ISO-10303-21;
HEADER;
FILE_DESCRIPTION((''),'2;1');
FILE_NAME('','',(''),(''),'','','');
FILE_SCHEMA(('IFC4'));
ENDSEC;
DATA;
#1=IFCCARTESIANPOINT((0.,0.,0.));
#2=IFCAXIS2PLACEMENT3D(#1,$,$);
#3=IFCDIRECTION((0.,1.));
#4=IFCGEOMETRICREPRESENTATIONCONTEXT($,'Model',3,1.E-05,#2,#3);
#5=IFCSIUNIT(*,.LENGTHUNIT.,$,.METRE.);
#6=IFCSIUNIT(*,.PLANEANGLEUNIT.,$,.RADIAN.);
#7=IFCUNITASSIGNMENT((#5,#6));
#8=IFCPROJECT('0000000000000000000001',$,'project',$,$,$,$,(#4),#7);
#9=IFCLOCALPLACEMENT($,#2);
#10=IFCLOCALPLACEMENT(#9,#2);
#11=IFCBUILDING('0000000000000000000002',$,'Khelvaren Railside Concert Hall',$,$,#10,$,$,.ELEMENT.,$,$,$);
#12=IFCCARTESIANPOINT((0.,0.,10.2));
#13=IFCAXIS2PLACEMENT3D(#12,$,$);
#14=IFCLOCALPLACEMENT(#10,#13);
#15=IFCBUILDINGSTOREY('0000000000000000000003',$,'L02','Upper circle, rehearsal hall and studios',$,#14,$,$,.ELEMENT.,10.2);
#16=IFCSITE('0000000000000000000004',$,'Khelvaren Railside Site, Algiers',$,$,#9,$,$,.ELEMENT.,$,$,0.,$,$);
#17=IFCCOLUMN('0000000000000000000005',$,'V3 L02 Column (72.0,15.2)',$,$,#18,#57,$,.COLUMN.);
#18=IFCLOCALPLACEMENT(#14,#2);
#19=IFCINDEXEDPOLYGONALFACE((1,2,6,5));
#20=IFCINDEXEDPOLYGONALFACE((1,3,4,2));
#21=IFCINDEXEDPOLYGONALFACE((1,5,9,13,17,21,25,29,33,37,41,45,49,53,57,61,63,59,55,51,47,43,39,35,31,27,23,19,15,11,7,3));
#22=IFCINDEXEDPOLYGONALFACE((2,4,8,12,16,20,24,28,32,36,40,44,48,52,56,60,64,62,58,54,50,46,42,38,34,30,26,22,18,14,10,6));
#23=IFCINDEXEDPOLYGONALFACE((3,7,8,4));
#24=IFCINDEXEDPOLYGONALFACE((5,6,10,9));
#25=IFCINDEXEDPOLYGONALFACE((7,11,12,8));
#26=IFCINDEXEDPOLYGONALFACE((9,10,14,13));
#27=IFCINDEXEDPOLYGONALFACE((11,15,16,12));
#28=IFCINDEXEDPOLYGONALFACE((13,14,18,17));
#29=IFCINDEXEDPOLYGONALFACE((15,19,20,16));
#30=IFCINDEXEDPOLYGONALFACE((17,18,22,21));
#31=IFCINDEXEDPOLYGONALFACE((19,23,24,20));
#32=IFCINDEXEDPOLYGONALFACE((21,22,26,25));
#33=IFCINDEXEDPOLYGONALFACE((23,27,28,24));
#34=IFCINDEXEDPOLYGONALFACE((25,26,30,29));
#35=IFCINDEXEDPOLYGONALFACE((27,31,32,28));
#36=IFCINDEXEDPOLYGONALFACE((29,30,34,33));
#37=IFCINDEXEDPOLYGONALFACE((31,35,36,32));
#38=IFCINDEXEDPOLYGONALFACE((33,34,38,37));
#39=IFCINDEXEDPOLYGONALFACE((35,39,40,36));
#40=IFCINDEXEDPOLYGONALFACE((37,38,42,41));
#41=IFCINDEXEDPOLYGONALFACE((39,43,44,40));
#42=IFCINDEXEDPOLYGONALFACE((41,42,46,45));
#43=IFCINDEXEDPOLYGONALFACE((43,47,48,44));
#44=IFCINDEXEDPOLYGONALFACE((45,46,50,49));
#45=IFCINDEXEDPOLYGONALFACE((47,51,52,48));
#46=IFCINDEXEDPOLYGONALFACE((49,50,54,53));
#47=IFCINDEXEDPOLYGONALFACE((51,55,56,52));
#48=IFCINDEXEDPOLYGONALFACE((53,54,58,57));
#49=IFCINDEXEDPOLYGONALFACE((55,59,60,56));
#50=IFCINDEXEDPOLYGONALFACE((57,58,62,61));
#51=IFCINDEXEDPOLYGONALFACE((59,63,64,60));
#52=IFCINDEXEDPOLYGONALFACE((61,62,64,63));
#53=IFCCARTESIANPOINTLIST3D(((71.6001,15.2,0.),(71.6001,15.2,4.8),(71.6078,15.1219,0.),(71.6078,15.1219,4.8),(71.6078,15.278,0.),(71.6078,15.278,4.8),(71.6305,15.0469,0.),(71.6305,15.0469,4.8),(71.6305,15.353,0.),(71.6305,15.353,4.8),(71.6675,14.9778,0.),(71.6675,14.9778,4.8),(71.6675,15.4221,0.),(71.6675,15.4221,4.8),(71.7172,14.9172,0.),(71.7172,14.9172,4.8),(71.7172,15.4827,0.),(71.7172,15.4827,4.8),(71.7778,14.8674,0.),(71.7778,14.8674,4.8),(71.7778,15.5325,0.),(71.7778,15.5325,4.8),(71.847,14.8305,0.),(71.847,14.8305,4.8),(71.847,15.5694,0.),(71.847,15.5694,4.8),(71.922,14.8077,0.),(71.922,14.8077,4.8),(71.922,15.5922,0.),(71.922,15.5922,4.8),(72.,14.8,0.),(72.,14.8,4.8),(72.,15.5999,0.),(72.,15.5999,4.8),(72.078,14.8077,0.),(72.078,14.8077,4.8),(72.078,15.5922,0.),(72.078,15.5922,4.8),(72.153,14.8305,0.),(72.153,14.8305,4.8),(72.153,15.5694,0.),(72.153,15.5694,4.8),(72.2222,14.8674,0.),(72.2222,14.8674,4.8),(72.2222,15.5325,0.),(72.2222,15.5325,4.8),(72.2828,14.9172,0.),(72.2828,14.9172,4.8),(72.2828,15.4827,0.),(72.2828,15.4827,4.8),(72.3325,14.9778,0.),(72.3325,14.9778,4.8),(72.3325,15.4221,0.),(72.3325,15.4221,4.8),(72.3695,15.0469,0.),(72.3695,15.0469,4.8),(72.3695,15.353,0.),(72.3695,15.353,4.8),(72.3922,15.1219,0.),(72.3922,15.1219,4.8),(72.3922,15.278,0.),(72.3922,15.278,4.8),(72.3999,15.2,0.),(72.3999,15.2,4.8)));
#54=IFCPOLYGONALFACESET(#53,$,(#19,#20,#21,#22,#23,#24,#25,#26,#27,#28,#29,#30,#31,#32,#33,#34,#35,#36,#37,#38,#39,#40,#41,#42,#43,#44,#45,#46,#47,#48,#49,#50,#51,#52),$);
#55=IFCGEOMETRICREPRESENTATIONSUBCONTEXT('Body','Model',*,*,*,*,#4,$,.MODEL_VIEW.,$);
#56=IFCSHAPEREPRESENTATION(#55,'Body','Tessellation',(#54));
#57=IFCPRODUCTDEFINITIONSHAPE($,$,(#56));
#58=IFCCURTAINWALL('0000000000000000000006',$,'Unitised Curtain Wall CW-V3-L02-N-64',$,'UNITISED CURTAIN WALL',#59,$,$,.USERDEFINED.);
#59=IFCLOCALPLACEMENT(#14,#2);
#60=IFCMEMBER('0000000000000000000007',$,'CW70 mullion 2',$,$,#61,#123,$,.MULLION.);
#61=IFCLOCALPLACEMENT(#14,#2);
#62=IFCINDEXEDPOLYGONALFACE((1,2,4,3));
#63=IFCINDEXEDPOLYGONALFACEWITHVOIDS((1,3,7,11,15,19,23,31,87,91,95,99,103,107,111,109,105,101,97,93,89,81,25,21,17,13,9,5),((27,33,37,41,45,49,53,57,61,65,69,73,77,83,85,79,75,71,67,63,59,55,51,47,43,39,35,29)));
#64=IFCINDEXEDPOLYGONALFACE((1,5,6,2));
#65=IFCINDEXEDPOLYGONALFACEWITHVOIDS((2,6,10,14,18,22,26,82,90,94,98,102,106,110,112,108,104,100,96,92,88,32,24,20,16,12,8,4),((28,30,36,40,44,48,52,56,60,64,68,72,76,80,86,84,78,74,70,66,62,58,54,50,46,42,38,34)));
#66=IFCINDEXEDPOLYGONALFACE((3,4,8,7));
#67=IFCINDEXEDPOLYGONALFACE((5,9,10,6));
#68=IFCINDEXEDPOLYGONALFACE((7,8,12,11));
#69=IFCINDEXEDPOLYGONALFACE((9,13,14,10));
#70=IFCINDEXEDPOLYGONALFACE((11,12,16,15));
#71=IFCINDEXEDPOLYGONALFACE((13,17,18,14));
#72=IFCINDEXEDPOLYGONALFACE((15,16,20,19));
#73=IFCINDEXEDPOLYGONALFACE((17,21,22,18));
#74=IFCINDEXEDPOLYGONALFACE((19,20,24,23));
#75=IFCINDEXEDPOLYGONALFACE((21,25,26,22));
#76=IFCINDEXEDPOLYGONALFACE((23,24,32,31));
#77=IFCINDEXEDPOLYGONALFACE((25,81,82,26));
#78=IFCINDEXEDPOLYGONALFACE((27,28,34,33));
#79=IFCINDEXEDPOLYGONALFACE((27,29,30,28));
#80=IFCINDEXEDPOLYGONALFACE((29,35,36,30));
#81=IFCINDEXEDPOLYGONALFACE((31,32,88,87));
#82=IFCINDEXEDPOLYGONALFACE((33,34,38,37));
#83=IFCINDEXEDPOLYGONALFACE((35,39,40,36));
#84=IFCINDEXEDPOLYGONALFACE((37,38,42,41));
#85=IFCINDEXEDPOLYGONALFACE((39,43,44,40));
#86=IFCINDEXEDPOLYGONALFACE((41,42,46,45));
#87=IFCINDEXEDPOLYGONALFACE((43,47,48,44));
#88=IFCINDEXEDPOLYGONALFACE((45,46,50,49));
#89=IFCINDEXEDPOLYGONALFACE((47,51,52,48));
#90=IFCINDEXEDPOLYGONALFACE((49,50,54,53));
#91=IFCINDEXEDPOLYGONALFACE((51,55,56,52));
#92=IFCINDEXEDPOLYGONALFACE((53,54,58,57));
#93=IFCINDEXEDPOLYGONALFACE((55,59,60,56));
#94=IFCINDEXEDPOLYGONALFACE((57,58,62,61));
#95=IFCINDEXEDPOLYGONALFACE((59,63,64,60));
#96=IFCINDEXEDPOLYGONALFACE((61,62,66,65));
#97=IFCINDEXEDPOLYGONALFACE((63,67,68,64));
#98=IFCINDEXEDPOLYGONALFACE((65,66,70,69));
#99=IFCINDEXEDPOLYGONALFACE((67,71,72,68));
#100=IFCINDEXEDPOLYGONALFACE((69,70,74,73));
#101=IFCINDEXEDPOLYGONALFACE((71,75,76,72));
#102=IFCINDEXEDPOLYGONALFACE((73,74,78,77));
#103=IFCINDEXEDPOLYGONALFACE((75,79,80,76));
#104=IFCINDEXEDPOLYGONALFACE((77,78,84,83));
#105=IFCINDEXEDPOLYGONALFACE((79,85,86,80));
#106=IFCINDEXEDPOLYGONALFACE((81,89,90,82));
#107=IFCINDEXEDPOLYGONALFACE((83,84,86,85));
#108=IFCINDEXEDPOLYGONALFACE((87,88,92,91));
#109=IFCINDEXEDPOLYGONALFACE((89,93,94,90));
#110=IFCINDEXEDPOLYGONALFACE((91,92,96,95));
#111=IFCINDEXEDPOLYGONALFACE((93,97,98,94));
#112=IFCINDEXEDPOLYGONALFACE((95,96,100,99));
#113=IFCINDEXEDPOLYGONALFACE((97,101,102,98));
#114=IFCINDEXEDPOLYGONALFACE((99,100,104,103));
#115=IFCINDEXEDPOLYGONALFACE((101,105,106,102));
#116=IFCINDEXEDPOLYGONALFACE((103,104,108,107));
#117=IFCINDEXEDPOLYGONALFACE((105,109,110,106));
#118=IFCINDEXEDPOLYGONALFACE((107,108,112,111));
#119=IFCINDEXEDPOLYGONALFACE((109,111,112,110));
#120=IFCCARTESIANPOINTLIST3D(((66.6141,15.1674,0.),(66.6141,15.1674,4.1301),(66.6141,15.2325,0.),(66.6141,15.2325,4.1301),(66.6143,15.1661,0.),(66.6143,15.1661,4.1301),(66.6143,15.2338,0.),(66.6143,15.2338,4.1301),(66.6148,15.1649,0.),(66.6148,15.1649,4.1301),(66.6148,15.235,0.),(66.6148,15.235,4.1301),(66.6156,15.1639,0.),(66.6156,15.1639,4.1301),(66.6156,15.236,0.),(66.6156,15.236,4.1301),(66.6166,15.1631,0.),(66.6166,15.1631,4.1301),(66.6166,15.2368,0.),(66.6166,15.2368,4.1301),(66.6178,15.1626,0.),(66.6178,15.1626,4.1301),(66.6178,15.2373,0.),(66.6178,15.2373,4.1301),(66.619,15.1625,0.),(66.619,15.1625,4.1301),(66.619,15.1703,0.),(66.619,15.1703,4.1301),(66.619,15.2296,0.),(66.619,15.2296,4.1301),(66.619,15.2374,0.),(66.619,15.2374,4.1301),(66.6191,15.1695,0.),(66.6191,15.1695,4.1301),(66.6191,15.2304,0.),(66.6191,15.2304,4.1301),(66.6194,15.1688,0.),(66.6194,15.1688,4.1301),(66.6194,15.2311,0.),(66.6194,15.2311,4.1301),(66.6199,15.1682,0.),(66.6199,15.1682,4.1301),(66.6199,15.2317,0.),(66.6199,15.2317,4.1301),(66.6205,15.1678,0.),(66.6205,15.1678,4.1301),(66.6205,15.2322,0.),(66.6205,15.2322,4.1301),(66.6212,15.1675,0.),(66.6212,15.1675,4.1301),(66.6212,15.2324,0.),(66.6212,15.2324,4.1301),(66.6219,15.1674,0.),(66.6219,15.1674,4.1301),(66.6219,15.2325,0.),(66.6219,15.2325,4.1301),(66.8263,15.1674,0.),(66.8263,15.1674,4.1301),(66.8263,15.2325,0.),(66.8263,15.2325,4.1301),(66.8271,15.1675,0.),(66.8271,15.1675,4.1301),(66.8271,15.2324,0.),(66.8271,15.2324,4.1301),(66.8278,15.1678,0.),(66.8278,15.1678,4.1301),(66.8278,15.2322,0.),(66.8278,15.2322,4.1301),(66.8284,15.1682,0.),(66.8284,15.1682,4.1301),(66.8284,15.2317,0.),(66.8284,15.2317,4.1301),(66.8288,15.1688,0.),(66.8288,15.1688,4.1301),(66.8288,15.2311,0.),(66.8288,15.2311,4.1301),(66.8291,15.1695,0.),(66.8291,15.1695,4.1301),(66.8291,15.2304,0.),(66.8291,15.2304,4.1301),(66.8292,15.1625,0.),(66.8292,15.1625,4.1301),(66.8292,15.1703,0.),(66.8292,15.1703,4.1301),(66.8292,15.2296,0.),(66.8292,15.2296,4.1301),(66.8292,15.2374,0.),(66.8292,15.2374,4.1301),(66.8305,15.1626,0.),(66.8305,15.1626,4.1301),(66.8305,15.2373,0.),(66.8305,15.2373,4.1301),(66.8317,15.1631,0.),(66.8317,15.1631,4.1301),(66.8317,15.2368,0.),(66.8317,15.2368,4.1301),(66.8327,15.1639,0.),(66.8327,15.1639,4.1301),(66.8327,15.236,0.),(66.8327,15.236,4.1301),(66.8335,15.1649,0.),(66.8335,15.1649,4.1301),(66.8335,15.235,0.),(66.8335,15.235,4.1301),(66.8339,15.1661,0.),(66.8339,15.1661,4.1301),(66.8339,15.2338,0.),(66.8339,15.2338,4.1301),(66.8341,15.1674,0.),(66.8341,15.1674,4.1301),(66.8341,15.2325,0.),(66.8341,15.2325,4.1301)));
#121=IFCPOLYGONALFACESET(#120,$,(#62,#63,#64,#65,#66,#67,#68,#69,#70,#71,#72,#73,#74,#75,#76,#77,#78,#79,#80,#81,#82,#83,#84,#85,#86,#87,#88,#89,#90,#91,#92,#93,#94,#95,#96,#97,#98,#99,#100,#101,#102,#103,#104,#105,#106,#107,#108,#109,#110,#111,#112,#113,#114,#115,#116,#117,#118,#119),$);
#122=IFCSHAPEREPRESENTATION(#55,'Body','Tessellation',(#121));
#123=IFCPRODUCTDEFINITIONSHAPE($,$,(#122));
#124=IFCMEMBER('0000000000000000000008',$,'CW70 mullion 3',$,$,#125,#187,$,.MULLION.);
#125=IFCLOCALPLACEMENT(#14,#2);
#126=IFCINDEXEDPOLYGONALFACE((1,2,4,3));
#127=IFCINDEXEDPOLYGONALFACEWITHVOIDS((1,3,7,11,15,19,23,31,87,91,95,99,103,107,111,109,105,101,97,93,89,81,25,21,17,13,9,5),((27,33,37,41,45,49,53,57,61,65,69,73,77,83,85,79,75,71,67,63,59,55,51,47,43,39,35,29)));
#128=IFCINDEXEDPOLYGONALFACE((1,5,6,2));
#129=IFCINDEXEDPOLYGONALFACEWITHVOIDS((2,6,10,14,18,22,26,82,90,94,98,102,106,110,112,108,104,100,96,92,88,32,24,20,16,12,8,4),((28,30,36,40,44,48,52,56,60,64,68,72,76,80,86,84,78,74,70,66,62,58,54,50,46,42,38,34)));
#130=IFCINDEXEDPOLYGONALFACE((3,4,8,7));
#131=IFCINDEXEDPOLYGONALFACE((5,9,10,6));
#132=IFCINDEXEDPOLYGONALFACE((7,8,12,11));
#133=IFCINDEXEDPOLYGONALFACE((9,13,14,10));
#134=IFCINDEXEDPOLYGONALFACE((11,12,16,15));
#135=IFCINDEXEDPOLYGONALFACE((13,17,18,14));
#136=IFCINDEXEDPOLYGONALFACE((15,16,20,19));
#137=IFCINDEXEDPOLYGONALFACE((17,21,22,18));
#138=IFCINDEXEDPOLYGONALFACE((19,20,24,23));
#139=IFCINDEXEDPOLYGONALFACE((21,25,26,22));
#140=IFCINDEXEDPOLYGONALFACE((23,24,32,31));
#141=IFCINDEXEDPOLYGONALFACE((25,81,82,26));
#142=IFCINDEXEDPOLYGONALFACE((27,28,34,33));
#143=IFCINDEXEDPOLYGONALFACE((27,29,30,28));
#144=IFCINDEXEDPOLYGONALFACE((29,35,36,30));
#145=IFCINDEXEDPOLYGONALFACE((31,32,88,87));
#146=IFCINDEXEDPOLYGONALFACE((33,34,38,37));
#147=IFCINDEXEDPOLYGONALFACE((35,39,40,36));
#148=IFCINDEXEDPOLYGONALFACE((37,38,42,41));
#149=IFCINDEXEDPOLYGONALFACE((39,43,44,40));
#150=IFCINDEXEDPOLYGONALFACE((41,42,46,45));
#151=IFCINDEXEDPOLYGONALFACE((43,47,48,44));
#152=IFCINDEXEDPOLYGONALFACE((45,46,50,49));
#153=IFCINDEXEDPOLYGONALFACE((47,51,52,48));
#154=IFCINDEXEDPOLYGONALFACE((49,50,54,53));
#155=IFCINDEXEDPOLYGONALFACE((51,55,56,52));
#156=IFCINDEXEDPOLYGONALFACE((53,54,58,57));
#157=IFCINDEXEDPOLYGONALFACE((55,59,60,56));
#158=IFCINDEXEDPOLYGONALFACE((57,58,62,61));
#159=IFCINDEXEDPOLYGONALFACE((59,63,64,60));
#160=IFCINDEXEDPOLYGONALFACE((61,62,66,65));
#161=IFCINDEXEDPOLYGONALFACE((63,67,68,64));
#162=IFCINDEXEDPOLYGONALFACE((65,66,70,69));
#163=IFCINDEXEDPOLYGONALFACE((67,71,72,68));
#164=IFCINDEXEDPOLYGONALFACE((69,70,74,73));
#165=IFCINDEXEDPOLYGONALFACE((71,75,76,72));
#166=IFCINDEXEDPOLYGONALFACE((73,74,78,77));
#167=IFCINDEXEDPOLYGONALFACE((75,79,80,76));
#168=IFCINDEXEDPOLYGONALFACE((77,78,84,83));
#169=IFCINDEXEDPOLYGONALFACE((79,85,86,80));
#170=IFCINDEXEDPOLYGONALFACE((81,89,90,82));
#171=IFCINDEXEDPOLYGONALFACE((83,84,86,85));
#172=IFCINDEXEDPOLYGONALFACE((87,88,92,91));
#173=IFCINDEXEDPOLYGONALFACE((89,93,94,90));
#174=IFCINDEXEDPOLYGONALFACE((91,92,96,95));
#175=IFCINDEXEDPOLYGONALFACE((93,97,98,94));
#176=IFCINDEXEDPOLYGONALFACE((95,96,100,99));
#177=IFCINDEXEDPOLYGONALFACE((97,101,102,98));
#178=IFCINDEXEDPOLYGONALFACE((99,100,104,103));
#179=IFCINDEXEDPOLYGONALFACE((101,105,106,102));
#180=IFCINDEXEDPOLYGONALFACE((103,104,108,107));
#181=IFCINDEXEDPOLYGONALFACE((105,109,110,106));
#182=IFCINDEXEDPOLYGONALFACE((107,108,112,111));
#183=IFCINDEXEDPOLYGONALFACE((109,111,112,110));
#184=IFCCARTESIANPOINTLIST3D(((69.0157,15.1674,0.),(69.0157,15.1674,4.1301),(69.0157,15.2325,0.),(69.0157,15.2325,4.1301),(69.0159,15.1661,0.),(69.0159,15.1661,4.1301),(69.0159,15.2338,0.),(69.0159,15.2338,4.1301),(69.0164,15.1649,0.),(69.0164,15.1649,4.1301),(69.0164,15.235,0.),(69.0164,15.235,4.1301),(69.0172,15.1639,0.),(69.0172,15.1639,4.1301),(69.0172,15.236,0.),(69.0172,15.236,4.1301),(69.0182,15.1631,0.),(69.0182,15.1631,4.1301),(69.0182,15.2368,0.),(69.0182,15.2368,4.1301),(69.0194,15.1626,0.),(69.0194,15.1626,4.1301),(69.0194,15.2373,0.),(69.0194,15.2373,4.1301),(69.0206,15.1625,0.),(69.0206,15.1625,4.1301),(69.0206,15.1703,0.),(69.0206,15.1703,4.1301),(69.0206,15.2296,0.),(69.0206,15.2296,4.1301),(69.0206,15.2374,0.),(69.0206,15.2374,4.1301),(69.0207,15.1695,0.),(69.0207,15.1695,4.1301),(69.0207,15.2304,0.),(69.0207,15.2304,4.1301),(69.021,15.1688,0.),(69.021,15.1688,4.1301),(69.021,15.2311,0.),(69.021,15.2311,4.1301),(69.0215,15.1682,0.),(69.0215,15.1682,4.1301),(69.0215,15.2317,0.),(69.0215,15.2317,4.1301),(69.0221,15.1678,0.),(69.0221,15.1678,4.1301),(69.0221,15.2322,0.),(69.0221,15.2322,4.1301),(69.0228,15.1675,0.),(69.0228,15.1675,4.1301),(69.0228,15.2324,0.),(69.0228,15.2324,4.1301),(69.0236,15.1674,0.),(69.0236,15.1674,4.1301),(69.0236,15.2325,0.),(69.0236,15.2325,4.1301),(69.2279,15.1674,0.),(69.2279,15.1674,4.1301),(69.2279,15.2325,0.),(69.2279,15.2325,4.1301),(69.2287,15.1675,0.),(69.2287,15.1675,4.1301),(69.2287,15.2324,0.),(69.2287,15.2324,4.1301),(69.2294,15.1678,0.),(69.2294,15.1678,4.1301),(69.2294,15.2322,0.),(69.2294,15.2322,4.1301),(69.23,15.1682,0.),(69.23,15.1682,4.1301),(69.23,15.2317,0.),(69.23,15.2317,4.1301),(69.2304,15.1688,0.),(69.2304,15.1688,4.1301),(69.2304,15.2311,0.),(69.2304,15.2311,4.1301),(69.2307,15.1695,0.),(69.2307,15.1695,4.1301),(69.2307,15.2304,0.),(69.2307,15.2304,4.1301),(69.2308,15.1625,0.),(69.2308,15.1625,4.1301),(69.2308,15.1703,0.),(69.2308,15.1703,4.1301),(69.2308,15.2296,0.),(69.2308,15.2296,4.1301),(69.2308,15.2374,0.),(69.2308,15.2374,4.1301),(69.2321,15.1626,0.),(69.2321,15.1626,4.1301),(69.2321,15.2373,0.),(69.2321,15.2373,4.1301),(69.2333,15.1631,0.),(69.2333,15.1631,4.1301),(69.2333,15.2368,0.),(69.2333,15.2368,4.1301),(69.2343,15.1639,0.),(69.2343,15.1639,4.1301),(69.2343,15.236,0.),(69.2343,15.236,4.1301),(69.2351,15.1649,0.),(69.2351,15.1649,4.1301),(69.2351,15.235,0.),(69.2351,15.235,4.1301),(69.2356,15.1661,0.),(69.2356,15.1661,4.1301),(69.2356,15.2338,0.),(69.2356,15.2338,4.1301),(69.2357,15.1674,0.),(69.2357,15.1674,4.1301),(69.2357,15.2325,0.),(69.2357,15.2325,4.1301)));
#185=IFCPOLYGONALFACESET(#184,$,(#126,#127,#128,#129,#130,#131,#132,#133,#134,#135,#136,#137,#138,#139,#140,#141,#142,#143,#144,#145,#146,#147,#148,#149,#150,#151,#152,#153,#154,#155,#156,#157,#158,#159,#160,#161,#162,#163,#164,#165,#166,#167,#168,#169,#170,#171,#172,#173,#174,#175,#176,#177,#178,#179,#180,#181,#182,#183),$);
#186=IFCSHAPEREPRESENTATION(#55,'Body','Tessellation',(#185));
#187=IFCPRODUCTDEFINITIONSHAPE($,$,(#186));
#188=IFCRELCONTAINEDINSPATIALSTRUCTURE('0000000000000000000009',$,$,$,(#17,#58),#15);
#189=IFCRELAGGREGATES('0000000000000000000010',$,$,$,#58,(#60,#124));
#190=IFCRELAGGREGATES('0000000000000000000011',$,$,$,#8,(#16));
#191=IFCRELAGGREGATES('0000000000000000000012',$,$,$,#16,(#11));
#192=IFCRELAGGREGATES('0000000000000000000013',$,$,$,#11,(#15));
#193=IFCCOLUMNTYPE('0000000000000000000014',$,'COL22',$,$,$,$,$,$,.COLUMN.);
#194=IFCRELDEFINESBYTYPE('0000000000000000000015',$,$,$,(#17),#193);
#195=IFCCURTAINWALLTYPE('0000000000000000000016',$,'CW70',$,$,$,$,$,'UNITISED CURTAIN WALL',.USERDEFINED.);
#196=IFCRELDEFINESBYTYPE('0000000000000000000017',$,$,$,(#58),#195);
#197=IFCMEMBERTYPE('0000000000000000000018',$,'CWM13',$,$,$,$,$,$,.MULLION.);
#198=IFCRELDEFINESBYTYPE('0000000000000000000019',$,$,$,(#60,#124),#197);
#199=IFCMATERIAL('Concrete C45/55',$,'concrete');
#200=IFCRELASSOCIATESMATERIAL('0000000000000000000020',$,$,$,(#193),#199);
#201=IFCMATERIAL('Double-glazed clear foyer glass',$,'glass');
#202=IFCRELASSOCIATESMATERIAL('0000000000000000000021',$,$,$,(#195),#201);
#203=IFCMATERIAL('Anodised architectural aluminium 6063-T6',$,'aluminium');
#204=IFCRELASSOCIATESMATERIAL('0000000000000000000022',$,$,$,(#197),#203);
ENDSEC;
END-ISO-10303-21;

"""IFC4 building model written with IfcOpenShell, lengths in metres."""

from ifc_helpers import new_model, si_unit, direction, frame, origin, origin_2d, place, context, subcontext, project, spatial, hollow_rectangle, circle, extrude, material, material_profile, profile_set, type_object, element, aggregate, save


model = new_model("IFC4")

# Units and contexts
model_context = context("Model", 3, precision=1e-05, world=origin(), true_north=direction((0.0, 1.0)))
body_context = subcontext(model_context, "Body", "Model", "MODEL_VIEW")
ifc_project = project(units=[si_unit("LENGTHUNIT", "METRE"), si_unit("PLANEANGLEUNIT", "RADIAN")], contexts=[model_context])

# Site, building, storey
site_placement = place(None, origin())
site = spatial("IfcSite", under=ifc_project, at=site_placement, Name="Khelvaren Railside Site, Algiers", CompositionType="ELEMENT", RefElevation=0.0)
building_placement = place(site_placement, origin())
building = spatial("IfcBuilding", under=site, at=building_placement, Name="Khelvaren Railside Concert Hall", CompositionType="ELEMENT")
storey_placement = place(building_placement, frame((0.0, 0.0, 10.2)))
storey = spatial("IfcBuildingStorey", under=building, at=storey_placement, Name="L02", Description="Upper circle, rehearsal hall and studios", CompositionType="ELEMENT", Elevation=10.2)

# Column
ifc_material_1 = material(Name="Concrete C45/55", Category="concrete")
ifc_material_profile_1 = material_profile(ifc_material_1, circle(Radius=0.3999, at=origin_2d()), Name="RC D800")
ifc_profile_set_1 = profile_set([ifc_material_profile_1], Name="Concrete C45/55")
column_type = type_object("IfcColumnType", Name="COL22", PredefinedType="COLUMN", material=ifc_profile_set_1)
column_placement = place(storey_placement, frame((72.0, 15.2, 0.0), z_axis=(0.0, 0.0, 1.0), x_axis=(1.0, 0.0, 0.0)))
element("IfcColumn", 1, at=column_placement, inside=storey, type_object=column_type, Name="V3 L02 Column (72.0,15.2)", PredefinedType="COLUMN", context=body_context, shape_type="SweptSolid", body=[
    extrude(circle(Radius=0.3999, at=origin_2d()), origin(), (0.0, 0.0, 1.0), 4.8),
])

# Curtain wall, members
ifc_material_2 = material(Name="Double-glazed clear foyer glass", Category="glass")
curtain_wall_type_1 = type_object("IfcCurtainWallType", Name="CW70", ElementType="UNITISED CURTAIN WALL", PredefinedType="USERDEFINED", material=ifc_material_2)
curtain_wall_1_placement = place(storey_placement, origin())
curtain_wall_1 = element("IfcCurtainWall", 2, at=curtain_wall_1_placement, inside=storey, type_object=curtain_wall_type_1, Name="Unitised Curtain Wall CW-V3-L02-N-64", ObjectType="UNITISED CURTAIN WALL", PredefinedType="USERDEFINED")
ifc_material_3 = material(Name="Anodised architectural aluminium 6063-T6", Category="aluminium")
ifc_material_profile_2 = material_profile(ifc_material_3, hollow_rectangle(XDim=0.075, YDim=0.22, WallThickness=0.0049, InnerFilletRadius=0.0029, OuterFilletRadius=0.0049, at=origin_2d()), Name="CWM 75x220x5")
ifc_profile_set_2 = profile_set([ifc_material_profile_2], Name="Anodised architectural aluminium 6063-T6")
member_type_1 = type_object("IfcMemberType", Name="CWM13", PredefinedType="MULLION", material=ifc_profile_set_2)
member_1_placement = place(storey_placement, frame((66.7241, 15.2, 0.0), z_axis=(0.0, 0.0, 1.0), x_axis=(0.0, 1.0, 0.0)))
member_1 = element("IfcMember", 3, at=member_1_placement, type_object=member_type_1, Name="CW70 mullion 2", PredefinedType="MULLION", context=body_context, shape_type="SweptSolid", body=[
    extrude(hollow_rectangle(XDim=0.075, YDim=0.22, WallThickness=0.0049, InnerFilletRadius=0.0029, OuterFilletRadius=0.0049, at=origin_2d()), origin(), (0.0, 0.0, 1.0), 4.1301),
])
member_2_placement = place(storey_placement, frame((69.1257, 15.2, 0.0), z_axis=(0.0, 0.0, 1.0), x_axis=(0.0, 1.0, 0.0)))
member_2 = element("IfcMember", 4, at=member_2_placement, type_object=member_type_1, Name="CW70 mullion 3", PredefinedType="MULLION", context=body_context, shape_type="SweptSolid", body=[
    extrude(hollow_rectangle(XDim=0.075, YDim=0.22, WallThickness=0.0049, InnerFilletRadius=0.0029, OuterFilletRadius=0.0049, at=origin_2d()), origin(), (0.0, 0.0, 1.0), 4.1301),
])

aggregate(curtain_wall_1, [member_1, member_2])

save(model, "model.ifc")
